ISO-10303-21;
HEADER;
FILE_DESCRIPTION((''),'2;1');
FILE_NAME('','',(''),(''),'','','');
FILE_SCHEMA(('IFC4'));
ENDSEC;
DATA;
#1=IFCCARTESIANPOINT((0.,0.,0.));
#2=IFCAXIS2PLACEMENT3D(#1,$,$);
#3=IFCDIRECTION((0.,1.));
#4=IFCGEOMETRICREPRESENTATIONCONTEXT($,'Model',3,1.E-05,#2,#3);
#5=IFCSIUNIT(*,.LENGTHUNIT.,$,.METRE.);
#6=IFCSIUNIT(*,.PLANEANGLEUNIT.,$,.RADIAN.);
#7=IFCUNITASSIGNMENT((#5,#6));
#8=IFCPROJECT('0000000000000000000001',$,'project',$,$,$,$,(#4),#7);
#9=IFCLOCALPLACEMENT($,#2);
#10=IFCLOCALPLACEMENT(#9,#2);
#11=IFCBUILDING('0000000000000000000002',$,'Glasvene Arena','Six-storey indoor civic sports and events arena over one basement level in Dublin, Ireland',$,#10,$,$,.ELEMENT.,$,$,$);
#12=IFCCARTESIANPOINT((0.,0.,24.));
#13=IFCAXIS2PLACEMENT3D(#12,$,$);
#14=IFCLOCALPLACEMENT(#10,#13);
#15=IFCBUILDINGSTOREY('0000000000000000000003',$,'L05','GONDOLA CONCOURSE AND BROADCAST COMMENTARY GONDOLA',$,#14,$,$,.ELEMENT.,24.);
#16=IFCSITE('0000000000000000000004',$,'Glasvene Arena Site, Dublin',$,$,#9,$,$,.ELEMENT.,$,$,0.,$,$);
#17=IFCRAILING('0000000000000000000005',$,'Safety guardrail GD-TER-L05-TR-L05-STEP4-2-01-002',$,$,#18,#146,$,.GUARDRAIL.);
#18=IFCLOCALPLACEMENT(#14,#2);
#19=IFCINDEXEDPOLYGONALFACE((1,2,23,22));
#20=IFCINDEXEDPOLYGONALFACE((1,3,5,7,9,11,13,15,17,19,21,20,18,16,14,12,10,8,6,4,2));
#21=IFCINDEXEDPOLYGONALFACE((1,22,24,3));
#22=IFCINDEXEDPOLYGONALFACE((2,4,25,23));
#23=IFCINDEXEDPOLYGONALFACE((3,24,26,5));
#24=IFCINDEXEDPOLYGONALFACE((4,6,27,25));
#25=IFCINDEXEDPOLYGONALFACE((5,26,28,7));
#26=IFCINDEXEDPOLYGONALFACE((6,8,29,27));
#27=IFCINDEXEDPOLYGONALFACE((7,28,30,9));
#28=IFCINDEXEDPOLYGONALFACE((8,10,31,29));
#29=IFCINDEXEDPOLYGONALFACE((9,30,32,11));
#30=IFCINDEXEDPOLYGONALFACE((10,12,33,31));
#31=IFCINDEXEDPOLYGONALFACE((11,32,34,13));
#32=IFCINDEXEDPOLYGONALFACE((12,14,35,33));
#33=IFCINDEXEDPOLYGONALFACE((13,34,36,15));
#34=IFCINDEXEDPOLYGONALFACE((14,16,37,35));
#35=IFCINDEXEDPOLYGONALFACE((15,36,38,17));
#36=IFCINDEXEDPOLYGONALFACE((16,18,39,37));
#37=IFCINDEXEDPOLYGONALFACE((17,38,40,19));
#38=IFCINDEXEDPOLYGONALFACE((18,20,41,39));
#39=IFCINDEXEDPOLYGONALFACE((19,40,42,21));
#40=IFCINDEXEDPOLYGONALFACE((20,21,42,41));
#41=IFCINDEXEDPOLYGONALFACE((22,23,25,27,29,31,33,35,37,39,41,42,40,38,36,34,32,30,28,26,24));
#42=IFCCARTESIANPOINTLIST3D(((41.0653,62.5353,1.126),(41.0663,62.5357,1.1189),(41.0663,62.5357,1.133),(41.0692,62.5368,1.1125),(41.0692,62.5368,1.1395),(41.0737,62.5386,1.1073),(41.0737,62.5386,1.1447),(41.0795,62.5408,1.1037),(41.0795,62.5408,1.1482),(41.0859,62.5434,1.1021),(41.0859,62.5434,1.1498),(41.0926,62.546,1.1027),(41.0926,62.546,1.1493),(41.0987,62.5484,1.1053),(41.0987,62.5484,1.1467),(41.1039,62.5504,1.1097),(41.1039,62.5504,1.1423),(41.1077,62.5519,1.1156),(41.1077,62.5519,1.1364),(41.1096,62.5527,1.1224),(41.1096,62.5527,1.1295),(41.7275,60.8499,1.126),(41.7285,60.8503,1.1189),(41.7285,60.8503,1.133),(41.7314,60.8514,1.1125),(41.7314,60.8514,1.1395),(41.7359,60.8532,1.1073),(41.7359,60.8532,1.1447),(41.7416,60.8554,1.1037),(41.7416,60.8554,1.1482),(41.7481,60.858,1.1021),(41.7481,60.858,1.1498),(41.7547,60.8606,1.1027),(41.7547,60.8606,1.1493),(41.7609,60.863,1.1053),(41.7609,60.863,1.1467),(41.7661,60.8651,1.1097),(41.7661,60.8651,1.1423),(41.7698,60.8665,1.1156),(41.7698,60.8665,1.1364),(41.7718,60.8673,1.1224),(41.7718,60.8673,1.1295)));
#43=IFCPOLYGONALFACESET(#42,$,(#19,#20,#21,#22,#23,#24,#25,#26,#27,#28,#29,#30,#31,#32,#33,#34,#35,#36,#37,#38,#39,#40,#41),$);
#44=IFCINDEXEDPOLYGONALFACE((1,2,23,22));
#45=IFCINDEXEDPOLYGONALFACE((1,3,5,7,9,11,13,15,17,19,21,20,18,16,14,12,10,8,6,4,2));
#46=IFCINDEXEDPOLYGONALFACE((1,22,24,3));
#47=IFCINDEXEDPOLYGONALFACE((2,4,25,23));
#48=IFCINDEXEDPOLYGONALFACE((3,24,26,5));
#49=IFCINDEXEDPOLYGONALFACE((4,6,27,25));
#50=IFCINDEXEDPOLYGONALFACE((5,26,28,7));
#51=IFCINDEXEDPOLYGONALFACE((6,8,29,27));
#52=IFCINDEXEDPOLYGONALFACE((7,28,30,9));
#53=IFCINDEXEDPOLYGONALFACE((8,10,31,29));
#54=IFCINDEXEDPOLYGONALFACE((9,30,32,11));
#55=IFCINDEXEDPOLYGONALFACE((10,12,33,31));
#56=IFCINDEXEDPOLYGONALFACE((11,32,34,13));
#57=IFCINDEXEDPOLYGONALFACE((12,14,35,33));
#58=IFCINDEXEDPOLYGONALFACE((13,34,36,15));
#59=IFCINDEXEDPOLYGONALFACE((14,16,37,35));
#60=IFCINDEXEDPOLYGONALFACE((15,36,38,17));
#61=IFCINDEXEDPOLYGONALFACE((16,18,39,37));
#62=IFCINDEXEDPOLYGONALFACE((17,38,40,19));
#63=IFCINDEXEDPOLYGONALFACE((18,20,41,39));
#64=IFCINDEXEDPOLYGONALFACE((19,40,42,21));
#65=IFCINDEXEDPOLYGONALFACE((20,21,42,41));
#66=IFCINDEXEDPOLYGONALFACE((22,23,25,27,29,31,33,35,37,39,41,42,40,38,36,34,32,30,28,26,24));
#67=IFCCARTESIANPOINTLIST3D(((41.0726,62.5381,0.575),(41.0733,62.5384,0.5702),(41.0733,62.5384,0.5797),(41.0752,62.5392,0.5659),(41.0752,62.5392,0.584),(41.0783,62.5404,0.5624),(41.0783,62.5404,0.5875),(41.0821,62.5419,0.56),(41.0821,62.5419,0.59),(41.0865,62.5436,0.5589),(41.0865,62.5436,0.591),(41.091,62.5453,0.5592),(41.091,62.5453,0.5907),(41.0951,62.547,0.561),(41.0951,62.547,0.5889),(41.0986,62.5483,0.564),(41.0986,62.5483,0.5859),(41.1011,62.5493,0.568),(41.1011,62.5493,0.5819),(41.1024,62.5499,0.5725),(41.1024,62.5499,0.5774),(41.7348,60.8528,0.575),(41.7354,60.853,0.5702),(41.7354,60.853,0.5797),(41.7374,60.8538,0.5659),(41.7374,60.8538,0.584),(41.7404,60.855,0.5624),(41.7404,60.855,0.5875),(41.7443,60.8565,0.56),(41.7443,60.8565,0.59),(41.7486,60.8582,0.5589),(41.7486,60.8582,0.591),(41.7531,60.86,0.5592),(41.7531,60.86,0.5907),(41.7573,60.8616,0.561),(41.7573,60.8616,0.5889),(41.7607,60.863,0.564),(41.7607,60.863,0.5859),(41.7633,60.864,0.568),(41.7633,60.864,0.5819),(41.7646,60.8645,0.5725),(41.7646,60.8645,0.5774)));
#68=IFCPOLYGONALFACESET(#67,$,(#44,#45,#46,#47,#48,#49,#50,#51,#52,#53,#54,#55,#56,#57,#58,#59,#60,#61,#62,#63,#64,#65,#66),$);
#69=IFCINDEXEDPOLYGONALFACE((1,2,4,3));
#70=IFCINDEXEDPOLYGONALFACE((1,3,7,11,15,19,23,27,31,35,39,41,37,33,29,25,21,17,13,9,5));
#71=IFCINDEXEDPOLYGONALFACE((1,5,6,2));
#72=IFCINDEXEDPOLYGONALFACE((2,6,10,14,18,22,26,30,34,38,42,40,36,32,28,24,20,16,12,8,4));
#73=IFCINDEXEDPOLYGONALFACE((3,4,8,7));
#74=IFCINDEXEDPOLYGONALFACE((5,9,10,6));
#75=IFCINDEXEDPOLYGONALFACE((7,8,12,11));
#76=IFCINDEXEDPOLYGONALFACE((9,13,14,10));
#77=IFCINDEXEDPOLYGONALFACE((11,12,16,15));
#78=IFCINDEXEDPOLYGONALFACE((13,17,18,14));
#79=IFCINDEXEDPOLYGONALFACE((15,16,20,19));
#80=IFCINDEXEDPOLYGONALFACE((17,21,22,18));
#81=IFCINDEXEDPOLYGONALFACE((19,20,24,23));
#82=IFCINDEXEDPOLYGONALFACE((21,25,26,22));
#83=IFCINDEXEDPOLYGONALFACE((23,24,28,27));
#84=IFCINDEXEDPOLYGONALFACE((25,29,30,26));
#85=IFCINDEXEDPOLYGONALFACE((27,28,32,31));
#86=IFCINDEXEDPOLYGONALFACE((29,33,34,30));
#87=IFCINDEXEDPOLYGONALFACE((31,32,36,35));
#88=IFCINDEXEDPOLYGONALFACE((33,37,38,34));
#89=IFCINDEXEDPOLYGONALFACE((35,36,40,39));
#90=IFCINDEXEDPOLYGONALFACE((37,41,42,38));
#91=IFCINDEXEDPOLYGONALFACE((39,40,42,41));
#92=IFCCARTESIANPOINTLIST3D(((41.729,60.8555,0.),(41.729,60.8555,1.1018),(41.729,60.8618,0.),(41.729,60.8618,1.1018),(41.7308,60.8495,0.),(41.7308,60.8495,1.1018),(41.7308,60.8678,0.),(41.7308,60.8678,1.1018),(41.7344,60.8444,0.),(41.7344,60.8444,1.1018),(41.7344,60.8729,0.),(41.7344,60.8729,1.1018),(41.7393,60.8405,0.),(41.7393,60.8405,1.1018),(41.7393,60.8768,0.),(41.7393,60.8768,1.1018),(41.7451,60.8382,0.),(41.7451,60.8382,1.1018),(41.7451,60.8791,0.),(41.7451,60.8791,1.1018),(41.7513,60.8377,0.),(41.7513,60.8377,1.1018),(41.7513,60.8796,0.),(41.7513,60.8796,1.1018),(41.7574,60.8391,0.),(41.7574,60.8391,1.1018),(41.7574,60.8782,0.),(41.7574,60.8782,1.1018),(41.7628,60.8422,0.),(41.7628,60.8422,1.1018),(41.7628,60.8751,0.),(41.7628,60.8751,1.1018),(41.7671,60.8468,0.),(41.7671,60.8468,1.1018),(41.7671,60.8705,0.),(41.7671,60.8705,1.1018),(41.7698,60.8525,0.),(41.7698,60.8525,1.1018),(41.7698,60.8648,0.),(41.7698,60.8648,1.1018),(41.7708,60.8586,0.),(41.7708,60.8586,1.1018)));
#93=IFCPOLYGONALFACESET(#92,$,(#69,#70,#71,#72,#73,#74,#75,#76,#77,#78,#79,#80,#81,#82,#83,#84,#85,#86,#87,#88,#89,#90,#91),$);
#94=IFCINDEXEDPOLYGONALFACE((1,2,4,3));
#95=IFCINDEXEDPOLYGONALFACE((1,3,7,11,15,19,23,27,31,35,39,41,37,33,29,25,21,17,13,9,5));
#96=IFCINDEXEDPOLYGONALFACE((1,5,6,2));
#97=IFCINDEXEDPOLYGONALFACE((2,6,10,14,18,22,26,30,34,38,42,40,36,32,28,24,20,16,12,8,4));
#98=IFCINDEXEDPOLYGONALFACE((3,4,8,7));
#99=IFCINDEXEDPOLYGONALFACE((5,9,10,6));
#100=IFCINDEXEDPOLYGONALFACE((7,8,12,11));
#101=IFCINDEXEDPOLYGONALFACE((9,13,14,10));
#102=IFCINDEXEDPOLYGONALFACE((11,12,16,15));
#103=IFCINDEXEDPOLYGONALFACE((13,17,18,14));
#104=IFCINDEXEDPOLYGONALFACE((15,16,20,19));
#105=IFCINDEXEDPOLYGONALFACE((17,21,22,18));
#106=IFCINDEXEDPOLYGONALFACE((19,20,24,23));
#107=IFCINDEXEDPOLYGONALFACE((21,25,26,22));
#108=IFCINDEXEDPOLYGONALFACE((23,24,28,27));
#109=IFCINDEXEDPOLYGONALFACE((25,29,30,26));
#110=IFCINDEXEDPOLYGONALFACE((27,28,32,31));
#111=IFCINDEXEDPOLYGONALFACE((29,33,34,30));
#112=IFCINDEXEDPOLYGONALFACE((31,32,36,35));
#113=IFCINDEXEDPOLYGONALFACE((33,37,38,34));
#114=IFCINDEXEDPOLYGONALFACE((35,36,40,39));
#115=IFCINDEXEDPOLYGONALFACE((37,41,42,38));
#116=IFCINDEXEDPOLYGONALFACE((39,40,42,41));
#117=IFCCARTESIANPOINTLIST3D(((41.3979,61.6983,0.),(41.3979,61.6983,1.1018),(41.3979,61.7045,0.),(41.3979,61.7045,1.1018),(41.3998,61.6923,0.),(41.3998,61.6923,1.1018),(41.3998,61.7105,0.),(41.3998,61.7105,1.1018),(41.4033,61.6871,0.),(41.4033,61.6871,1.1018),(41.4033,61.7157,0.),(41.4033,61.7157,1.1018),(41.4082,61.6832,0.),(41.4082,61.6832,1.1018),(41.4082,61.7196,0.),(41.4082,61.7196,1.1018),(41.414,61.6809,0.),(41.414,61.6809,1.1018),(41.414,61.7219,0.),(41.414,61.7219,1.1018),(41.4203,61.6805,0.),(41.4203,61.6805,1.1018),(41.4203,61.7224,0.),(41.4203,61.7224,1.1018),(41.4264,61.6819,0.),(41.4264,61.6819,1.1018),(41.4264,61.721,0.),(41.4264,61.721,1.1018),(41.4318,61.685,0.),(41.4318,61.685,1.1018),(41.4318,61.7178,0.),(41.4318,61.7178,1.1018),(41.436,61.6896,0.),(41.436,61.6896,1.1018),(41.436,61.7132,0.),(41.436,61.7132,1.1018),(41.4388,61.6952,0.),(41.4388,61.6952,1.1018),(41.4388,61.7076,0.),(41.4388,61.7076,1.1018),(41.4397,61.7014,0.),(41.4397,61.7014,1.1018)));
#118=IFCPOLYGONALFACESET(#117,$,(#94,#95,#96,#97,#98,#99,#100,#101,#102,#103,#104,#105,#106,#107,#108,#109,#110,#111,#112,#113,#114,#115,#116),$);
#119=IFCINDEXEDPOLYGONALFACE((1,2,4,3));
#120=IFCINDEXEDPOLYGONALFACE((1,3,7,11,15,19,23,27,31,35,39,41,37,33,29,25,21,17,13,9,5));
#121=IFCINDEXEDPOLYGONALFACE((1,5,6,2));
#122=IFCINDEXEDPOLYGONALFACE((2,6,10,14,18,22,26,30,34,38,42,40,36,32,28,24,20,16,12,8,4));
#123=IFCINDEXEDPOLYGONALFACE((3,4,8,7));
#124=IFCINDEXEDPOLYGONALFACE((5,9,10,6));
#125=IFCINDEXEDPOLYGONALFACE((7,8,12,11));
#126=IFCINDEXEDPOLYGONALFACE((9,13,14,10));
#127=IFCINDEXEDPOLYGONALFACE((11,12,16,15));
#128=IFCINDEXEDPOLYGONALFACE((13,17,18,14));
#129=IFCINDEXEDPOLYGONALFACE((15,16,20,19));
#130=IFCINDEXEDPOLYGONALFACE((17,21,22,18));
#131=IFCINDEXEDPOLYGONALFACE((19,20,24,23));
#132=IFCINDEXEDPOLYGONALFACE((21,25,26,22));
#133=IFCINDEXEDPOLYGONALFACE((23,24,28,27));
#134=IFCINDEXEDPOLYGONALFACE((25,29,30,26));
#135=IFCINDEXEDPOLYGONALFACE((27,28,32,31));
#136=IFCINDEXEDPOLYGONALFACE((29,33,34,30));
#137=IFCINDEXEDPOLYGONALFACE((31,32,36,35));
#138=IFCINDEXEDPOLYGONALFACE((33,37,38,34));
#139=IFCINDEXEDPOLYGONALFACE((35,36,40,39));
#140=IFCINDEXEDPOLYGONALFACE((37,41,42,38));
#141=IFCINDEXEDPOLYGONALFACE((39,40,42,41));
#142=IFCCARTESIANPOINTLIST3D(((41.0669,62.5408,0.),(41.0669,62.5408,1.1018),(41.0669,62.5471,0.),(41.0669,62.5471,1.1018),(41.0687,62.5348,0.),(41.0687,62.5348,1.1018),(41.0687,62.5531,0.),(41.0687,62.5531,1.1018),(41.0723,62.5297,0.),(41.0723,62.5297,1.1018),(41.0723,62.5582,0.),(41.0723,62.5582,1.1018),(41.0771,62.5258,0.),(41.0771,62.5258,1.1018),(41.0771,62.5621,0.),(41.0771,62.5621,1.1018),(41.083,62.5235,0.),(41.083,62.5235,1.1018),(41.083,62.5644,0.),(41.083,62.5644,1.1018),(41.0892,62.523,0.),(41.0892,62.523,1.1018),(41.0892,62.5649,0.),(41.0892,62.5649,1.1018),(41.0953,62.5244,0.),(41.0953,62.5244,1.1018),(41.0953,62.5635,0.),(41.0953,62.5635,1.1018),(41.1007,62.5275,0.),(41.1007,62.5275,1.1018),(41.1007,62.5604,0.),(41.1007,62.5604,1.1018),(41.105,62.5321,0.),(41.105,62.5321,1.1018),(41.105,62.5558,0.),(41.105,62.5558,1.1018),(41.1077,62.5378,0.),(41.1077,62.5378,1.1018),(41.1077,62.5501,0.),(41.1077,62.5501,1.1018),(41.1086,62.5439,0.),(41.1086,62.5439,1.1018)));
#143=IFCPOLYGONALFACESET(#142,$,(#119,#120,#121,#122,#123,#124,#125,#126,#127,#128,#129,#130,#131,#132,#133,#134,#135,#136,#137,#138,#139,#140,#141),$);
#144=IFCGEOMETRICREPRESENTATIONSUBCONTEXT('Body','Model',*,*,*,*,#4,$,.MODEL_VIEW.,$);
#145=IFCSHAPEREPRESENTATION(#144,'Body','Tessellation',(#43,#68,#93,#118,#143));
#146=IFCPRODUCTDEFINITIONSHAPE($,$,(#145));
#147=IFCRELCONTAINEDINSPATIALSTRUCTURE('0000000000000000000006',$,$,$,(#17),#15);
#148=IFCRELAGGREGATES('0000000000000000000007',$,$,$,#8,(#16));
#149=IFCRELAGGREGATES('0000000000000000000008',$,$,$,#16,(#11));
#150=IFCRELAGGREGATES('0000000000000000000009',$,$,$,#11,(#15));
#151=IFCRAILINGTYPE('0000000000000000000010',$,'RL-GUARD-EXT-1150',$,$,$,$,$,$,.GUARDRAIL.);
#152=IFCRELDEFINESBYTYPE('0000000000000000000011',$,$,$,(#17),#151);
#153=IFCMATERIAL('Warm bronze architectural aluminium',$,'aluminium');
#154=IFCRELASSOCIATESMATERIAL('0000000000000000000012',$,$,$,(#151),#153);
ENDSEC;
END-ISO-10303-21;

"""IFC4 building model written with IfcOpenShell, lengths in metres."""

from ifc_helpers import new_model, si_unit, direction, frame, origin, origin_2d, place, context, subcontext, project, spatial, circle, extrude, material, type_object, element, save


model = new_model("IFC4")

# Units and contexts
model_context = context("Model", 3, precision=1e-05, world=origin(), true_north=direction((0.0, 1.0)))
body_context = subcontext(model_context, "Body", "Model", "MODEL_VIEW")
ifc_project = project(units=[si_unit("LENGTHUNIT", "METRE"), si_unit("PLANEANGLEUNIT", "RADIAN")], contexts=[model_context])

# Site, building, storey
site_placement = place(None, origin())
site = spatial("IfcSite", under=ifc_project, at=site_placement, Name="Glasvene Arena Site, Dublin", CompositionType="ELEMENT", RefElevation=0.0)
building_placement = place(site_placement, origin())
building = spatial("IfcBuilding", under=site, at=building_placement, Name="Glasvene Arena", Description="Six-storey indoor civic sports and events arena over one basement level in Dublin, Ireland", CompositionType="ELEMENT")
storey_placement = place(building_placement, frame((0.0, 0.0, 24.0)))
storey = spatial("IfcBuildingStorey", under=building, at=storey_placement, Name="L05", Description="GONDOLA CONCOURSE AND BROADCAST COMMENTARY GONDOLA", CompositionType="ELEMENT", Elevation=24.0)

# Railing
ifc_material_1 = material(Name="Warm bronze architectural aluminium", Category="aluminium")
railing_type = type_object("IfcRailingType", Name="RL-GUARD-EXT-1150", PredefinedType="GUARDRAIL", material=ifc_material_1)
railing_1_placement = place(storey_placement, frame((41.7498, 60.8586, 0.0)))
element("IfcRailing", 1, at=railing_1_placement, inside=storey, type_object=railing_type, Name="Safety guardrail GD-TER-L05-TR-L05-STEP4-2-01-002", PredefinedType="GUARDRAIL", context=body_context, shape_type="SweptSolid", body=[
    extrude(circle(Radius=0.0239, at=origin_2d()), frame((0.0, 0.0, 1.126), z_axis=(-0.365665, 0.930747, 0.0), x_axis=(-0.930747, -0.365665, 0.0)), (0.0, 0.0, 1.0), 1.8108),
    extrude(circle(Radius=0.0161, at=origin_2d()), frame((0.0, 0.0, 0.575), z_axis=(-0.365665, 0.930747, 0.0), x_axis=(-0.930747, -0.365665, 0.0)), (0.0, 0.0, 1.0), 1.8108),
    extrude(circle(Radius=0.021, at=origin_2d()), origin(), (0.0, 0.0, 1.0), 1.1018),
    extrude(circle(Radius=0.021, at=origin_2d()), frame((-0.3311, 0.8428, 0.0)), (0.0, 0.0, 1.0), 1.1018),
    extrude(circle(Radius=0.021, at=origin_2d()), frame((-0.6621, 1.6853, 0.0)), (0.0, 0.0, 1.0), 1.1018),
])

save(model, "model.ifc")
